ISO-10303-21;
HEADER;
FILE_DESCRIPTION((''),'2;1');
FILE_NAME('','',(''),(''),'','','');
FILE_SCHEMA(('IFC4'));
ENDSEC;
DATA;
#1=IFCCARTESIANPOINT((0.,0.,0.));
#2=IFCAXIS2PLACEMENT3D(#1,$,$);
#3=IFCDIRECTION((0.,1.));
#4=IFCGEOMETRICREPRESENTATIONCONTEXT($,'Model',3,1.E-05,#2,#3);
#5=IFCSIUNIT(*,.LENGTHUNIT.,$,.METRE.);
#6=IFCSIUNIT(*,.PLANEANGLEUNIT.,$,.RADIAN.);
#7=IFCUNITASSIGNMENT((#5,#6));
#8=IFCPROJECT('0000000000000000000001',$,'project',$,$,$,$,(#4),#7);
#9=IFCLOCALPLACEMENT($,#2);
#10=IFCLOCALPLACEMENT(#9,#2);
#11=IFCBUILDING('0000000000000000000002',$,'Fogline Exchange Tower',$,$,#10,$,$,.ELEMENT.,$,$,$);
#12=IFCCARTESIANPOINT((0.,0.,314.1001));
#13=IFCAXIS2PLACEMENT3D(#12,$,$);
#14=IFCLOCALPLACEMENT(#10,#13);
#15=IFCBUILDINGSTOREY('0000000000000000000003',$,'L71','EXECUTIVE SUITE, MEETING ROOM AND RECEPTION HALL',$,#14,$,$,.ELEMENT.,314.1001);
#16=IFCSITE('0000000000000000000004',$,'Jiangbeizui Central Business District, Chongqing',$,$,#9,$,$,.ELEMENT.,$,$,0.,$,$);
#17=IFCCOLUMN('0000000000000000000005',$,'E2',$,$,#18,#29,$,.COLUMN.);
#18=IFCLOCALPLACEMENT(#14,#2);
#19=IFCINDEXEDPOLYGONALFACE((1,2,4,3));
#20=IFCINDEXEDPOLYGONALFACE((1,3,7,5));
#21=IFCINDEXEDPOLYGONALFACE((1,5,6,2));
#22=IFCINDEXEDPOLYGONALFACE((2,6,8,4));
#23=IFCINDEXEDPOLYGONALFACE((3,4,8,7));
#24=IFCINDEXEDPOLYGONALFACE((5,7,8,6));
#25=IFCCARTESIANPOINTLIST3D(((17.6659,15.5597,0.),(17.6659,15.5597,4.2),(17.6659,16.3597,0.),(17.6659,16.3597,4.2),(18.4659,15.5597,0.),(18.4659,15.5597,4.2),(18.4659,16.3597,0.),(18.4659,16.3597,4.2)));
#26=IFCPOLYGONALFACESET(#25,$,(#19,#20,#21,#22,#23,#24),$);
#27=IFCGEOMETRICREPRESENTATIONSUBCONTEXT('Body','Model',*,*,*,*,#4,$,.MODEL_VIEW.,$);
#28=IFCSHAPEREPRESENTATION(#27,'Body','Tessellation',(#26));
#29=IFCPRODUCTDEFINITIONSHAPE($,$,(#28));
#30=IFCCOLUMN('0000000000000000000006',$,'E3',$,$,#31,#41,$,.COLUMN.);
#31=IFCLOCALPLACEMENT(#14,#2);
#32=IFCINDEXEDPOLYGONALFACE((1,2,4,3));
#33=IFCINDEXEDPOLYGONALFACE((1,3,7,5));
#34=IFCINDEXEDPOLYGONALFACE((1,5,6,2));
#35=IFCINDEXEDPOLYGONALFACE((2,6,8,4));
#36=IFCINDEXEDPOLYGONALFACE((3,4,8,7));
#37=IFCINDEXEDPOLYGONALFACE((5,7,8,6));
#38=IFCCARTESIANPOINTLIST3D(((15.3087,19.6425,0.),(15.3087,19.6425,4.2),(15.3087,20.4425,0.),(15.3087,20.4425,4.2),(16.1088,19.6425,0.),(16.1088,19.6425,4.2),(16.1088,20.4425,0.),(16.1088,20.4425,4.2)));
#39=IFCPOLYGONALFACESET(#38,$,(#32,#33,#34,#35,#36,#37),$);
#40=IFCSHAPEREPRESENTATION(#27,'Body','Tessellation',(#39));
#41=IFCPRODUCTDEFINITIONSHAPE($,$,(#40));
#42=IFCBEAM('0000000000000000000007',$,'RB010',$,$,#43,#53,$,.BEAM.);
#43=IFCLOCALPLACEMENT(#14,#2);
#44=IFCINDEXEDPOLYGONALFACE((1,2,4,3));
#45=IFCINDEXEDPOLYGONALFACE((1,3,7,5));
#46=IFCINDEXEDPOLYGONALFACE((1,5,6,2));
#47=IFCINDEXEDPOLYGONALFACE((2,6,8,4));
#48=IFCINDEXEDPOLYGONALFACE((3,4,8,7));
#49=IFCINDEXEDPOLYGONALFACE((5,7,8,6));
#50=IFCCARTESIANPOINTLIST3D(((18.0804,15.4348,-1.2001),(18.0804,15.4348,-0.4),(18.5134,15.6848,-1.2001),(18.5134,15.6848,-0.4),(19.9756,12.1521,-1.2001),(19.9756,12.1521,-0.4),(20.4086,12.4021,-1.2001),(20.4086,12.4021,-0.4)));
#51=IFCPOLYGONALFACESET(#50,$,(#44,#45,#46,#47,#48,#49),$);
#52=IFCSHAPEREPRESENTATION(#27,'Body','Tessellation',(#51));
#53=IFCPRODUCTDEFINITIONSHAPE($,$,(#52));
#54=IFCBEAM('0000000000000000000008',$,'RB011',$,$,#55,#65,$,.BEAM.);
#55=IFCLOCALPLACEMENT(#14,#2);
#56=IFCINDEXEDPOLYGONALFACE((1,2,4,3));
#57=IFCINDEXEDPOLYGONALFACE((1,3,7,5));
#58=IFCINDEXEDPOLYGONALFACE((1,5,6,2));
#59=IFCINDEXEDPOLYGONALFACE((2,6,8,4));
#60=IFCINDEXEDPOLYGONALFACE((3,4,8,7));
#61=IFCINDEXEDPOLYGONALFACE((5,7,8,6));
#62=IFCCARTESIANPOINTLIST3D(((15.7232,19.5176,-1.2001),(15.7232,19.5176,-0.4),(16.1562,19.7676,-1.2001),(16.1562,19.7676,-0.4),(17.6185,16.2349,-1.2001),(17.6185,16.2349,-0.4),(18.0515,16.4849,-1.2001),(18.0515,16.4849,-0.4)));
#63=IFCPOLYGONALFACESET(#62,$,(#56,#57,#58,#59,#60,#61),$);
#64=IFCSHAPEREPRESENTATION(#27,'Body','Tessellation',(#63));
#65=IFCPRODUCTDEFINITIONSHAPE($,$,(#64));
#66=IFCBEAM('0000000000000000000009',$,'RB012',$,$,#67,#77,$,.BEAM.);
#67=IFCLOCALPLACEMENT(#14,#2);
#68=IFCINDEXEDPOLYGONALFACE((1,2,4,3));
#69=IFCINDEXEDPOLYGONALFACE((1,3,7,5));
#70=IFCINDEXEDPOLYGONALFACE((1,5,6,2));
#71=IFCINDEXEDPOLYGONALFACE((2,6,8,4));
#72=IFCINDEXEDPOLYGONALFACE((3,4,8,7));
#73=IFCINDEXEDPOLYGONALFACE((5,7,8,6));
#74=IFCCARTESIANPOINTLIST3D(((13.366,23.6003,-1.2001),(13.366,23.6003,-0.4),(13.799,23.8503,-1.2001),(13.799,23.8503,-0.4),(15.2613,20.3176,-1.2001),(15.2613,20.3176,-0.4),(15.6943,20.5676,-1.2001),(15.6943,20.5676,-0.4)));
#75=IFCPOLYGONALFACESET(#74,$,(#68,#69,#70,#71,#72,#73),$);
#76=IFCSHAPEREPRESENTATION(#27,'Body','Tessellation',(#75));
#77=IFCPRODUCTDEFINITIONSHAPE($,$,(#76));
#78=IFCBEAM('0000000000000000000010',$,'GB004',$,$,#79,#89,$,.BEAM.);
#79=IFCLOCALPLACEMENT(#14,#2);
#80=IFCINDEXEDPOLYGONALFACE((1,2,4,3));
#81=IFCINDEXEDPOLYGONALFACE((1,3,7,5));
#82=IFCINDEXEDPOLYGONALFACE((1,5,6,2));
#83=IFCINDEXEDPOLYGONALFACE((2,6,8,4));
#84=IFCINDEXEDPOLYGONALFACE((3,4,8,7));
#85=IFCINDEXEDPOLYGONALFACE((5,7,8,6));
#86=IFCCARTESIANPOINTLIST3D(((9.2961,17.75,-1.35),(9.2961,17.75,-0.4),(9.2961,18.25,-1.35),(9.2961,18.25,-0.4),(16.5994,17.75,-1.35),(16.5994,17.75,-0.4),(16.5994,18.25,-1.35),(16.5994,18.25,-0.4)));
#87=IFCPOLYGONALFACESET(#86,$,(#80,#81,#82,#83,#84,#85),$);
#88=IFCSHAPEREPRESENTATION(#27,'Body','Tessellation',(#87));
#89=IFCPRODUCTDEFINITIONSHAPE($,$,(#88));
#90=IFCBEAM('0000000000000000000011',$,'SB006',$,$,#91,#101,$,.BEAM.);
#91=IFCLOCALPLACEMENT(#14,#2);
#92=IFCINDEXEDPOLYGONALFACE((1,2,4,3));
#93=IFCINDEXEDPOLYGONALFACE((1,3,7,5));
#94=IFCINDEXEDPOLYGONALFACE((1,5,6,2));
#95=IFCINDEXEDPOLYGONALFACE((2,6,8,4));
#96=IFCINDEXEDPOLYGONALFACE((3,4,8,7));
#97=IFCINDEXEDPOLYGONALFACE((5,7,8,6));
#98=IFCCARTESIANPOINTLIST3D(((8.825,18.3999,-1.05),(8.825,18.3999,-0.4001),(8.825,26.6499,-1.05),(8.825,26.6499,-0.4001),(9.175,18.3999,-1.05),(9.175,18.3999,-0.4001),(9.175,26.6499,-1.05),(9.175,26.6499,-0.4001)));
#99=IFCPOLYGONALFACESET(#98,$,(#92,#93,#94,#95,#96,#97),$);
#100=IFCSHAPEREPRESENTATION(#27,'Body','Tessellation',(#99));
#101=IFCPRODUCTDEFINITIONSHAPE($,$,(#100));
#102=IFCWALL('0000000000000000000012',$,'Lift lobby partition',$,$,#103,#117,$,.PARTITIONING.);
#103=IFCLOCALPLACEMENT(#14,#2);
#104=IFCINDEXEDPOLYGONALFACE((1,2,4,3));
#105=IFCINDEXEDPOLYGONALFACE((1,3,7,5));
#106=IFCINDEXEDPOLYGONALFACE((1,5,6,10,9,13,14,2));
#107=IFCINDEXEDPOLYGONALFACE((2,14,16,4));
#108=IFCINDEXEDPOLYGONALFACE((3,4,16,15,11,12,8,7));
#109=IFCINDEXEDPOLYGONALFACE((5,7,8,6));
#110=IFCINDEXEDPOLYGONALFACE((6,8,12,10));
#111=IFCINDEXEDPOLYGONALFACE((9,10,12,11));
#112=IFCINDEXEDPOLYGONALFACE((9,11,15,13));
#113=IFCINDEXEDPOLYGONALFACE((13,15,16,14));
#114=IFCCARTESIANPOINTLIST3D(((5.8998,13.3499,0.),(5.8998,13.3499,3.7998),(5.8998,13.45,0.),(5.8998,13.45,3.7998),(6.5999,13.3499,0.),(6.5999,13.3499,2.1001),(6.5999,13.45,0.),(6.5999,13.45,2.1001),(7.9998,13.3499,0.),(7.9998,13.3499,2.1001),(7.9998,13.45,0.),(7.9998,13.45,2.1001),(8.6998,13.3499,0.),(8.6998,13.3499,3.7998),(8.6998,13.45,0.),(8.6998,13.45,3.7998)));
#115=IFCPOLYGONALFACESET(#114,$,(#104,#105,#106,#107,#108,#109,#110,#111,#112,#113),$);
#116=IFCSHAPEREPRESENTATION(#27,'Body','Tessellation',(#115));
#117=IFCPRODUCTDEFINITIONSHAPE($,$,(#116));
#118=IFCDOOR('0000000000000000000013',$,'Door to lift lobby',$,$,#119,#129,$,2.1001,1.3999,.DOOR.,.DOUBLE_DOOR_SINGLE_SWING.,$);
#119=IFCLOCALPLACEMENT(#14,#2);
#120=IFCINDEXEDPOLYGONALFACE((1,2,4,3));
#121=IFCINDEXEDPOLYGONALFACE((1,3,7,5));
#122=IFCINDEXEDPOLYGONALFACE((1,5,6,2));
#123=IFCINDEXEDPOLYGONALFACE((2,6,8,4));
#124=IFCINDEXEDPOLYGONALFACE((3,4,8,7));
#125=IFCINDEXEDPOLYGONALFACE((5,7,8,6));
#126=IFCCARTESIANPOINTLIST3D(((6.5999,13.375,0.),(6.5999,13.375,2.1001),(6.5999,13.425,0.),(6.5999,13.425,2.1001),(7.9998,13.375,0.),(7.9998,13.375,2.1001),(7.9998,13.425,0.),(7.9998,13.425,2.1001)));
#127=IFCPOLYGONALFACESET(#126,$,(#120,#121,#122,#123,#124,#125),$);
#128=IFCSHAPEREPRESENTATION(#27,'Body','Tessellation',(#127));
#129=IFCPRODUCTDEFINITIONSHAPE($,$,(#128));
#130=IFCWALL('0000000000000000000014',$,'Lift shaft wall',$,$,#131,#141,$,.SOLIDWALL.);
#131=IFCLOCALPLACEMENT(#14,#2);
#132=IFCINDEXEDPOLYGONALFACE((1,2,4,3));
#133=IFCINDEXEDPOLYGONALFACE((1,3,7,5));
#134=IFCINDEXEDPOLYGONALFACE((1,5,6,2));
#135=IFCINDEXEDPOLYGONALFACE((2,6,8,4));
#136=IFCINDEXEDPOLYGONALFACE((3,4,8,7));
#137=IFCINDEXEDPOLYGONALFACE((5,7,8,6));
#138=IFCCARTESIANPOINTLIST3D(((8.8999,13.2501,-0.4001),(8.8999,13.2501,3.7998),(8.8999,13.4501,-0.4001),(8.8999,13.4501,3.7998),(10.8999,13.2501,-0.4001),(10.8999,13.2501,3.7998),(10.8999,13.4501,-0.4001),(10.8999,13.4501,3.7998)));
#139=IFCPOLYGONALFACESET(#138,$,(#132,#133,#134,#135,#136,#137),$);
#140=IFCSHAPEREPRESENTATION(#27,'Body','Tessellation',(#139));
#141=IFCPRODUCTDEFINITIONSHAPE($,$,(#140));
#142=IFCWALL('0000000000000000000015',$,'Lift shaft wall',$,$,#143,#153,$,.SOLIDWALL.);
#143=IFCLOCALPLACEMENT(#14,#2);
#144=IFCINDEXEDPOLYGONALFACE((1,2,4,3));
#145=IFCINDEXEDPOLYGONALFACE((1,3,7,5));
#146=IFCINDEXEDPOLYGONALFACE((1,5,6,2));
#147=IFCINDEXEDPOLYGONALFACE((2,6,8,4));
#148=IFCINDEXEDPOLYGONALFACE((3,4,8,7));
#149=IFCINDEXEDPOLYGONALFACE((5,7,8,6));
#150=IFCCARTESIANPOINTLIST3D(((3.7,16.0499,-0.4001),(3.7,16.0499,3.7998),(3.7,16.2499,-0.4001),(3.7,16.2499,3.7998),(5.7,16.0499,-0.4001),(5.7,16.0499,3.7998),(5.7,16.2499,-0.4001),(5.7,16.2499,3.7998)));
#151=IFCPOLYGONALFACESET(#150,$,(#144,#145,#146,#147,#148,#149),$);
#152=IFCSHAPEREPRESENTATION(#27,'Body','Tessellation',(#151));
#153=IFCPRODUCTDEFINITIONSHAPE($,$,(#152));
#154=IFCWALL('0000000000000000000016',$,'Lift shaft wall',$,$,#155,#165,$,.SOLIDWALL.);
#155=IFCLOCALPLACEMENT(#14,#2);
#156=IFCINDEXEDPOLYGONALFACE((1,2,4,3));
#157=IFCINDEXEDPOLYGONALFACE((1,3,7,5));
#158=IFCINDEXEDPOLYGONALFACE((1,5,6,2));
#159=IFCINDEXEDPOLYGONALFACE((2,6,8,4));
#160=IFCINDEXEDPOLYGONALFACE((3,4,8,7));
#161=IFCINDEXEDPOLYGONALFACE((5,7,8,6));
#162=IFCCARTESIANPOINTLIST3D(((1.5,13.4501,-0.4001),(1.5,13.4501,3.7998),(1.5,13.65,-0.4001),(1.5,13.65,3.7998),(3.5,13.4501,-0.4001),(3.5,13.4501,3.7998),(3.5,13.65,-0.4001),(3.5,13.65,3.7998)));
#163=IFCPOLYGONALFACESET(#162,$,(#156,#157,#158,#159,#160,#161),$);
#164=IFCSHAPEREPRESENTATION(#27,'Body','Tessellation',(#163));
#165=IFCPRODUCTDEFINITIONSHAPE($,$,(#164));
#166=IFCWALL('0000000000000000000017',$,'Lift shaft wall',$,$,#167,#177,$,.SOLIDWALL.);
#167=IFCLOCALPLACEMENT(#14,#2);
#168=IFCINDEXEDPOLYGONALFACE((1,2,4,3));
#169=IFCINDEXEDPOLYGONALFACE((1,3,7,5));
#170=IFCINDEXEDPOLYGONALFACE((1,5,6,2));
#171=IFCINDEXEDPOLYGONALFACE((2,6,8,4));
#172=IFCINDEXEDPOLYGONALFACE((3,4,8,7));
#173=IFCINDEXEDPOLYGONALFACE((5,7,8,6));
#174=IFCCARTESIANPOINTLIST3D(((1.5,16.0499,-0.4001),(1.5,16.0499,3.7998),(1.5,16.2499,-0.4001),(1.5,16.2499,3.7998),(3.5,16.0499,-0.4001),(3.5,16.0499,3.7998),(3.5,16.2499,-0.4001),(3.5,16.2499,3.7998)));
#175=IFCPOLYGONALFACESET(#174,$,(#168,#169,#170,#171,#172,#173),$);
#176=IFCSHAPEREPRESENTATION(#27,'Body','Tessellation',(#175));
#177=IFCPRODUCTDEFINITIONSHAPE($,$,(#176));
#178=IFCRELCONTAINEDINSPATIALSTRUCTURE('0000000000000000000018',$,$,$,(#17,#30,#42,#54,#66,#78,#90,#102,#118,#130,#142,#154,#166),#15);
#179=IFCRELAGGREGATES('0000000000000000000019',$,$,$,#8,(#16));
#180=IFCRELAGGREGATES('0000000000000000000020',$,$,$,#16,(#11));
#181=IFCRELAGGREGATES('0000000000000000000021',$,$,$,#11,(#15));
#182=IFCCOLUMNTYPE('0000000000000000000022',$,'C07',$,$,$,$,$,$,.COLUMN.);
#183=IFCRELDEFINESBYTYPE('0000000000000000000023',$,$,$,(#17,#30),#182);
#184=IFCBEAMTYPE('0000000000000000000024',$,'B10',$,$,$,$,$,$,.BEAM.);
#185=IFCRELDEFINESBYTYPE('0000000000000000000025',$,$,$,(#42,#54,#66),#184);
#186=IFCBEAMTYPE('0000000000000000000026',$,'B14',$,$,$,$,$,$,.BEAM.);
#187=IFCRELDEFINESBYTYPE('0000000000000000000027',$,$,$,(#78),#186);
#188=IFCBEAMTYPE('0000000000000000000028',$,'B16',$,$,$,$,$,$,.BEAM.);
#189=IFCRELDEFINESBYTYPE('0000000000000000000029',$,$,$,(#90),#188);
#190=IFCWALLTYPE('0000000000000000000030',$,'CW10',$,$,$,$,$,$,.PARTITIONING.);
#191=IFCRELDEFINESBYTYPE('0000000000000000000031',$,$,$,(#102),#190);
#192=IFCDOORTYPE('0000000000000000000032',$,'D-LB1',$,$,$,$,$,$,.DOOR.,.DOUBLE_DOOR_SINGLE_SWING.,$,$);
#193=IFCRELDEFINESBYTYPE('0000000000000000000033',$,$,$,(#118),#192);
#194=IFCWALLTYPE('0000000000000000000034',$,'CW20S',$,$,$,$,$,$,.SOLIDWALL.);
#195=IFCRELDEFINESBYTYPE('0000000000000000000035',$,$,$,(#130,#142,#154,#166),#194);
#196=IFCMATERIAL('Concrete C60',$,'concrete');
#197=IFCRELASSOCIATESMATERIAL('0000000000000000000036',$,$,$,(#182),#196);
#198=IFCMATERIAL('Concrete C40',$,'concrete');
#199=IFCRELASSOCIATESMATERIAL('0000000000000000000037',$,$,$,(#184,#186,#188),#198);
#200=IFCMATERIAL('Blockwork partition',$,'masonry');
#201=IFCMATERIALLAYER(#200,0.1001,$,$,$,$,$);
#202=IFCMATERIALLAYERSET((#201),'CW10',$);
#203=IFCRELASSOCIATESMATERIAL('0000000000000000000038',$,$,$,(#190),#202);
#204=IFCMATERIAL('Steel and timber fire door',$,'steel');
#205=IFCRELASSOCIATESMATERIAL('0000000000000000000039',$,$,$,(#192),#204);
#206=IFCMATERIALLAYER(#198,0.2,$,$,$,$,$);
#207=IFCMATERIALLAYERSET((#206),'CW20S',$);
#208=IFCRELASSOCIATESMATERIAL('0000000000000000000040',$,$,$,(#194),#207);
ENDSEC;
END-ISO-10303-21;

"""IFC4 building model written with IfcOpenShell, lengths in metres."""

from ifc_helpers import new_model, si_unit, direction, frame, frame_2d, origin, origin_2d, place, context, subcontext, project, spatial, rectangle, extrude, material, layer, layer_set, material_profile, profile_set, type_object, element, fill, save


model = new_model("IFC4")

# Units and contexts
model_context = context("Model", 3, precision=1e-05, world=origin(), true_north=direction((0.0, 1.0)))
body_context = subcontext(model_context, "Body", "Model", "MODEL_VIEW")
ifc_project = project(units=[si_unit("LENGTHUNIT", "METRE"), si_unit("PLANEANGLEUNIT", "RADIAN")], contexts=[model_context])

# Site, building, storey
site_placement = place(None, origin())
site = spatial("IfcSite", under=ifc_project, at=site_placement, Name="Jiangbeizui Central Business District, Chongqing", CompositionType="ELEMENT", RefElevation=0.0)
building_placement = place(site_placement, origin())
building = spatial("IfcBuilding", under=site, at=building_placement, Name="Fogline Exchange Tower", CompositionType="ELEMENT")
storey_placement = place(building_placement, frame((0.0, 0.0, 314.1001)))
storey = spatial("IfcBuildingStorey", under=building, at=storey_placement, Name="L71", Description="EXECUTIVE SUITE, MEETING ROOM AND RECEPTION HALL", CompositionType="ELEMENT", Elevation=314.1001)

# Columns
ifc_material_1 = material(Name="Concrete C60", Category="concrete")
ifc_material_profile_1 = material_profile(ifc_material_1, rectangle(XDim=0.8, YDim=0.8, at=origin_2d()), Name="RC 800x800")
ifc_profile_set_1 = profile_set([ifc_material_profile_1], Name="Concrete C60")
column_type = type_object("IfcColumnType", Name="C07", PredefinedType="COLUMN", material=ifc_profile_set_1)
for number, where, z_axis, x_axis, name in (
    (1, (18.0659, 15.9597, 0.0), (0.0, 0.0, 1.0), (1.0, 0.0, 0.0), "E2"),
    (2, (15.7087, 20.0425, 0.0), (0.0, 0.0, 1.0), (1.0, 0.0, 0.0), "E3"),
):
    element("IfcColumn", number, at=place(storey_placement, frame(where, z_axis=z_axis, x_axis=x_axis)), inside=storey, type_object=column_type, Name=name, PredefinedType="COLUMN", context=body_context, shape_type="SweptSolid", body=[
        extrude(rectangle(XDim=0.8, YDim=0.8, at=origin_2d()), origin(), (0.0, 0.0, 1.0), 4.2),
    ])

# Beams
ifc_material_2 = material(Name="Concrete C40", Category="concrete")
ifc_material_profile_2 = material_profile(ifc_material_2, rectangle(XDim=0.5, YDim=0.8, at=origin_2d()), Name="RC 500x800")
ifc_profile_set_2 = profile_set([ifc_material_profile_2], Name="Concrete C40")
beam_type_1 = type_object("IfcBeamType", Name="B10", PredefinedType="BEAM", material=ifc_profile_set_2)
for number, where, z_axis, x_axis, name in (
    (3, (20.1921, 12.2771, -0.8), (-0.499998, 0.866027, 0.0), (-0.866027, -0.499998, 0.0), "RB010"),
    (4, (17.835, 16.3599, -0.8), (-0.499998, 0.866027, 0.0), (-0.866027, -0.499998, 0.0), "RB011"),
    (5, (15.4778, 20.4426, -0.8), (-0.499998, 0.866027, 0.0), (-0.866027, -0.499998, 0.0), "RB012"),
):
    element("IfcBeam", number, at=place(storey_placement, frame(where, z_axis=z_axis, x_axis=x_axis)), inside=storey, type_object=beam_type_1, Name=name, PredefinedType="BEAM", context=body_context, shape_type="SweptSolid", body=[
        extrude(rectangle(XDim=0.5, YDim=0.8, at=origin_2d()), origin(), (0.0, 0.0, 1.0), 3.7905),
    ])
ifc_material_profile_3 = material_profile(ifc_material_2, rectangle(XDim=0.5, YDim=0.95, at=origin_2d()), Name="RC 500x950")
ifc_profile_set_3 = profile_set([ifc_material_profile_3], Name="Concrete C40")
beam_type_2 = type_object("IfcBeamType", Name="B14", PredefinedType="BEAM", material=ifc_profile_set_3)
beam_1_placement = place(storey_placement, frame((9.2961, 18.0, -0.875), z_axis=(1.0, 0.0, 0.0), x_axis=(0.0, 1.0, 0.0)))
element("IfcBeam", 6, at=beam_1_placement, inside=storey, type_object=beam_type_2, Name="GB004", PredefinedType="BEAM", context=body_context, shape_type="SweptSolid", body=[
    extrude(rectangle(XDim=0.5, YDim=0.95, at=origin_2d()), origin(), (0.0, 0.0, 1.0), 7.3032),
])
ifc_material_profile_4 = material_profile(ifc_material_2, rectangle(XDim=0.3501, YDim=0.6499, at=origin_2d()), Name="RC 350x650")
ifc_profile_set_4 = profile_set([ifc_material_profile_4], Name="Concrete C40")
beam_type_3 = type_object("IfcBeamType", Name="B16", PredefinedType="BEAM", material=ifc_profile_set_4)
beam_2_placement = place(storey_placement, frame((9.0, 18.3999, -0.7251), z_axis=(0.0, 1.0, 0.0), x_axis=(-1.0, 0.0, 0.0)))
element("IfcBeam", 7, at=beam_2_placement, inside=storey, type_object=beam_type_3, Name="SB006", PredefinedType="BEAM", context=body_context, shape_type="SweptSolid", body=[
    extrude(rectangle(XDim=0.3501, YDim=0.6499, at=origin_2d()), origin(), (0.0, 0.0, 1.0), 8.25),
])

# Wall, opening, door
ifc_material_3 = material(Name="Blockwork partition", Category="masonry")
ifc_layer_1 = layer(ifc_material_3, 0.1001)
ifc_layer_set_1 = layer_set([ifc_layer_1], Name="CW10")
wall_type_1 = type_object("IfcWallType", Name="CW10", PredefinedType="PARTITIONING", material=ifc_layer_set_1)
wall_1_placement = place(storey_placement, frame((5.8999, 13.3999, 0.0), z_axis=(0.0, 0.0, 1.0), x_axis=(1.0, 0.0, 0.0)))
wall_1 = element("IfcWall", 8, at=wall_1_placement, inside=storey, type_object=wall_type_1, Name="Lift lobby partition", PredefinedType="PARTITIONING", context=body_context, shape_type="SweptSolid", body=[
    extrude(rectangle(XDim=2.8, YDim=0.1001, at=frame_2d((1.3999, 0.0))), origin(), (0.0, 0.0, 1.0), 3.7998),
])
opening_1_placement = place(wall_1_placement, frame((0.7, 0.0, 0.0)))
opening_1 = element("IfcOpeningElement", 9, at=opening_1_placement, cuts=wall_1, PredefinedType="OPENING", context=body_context, shape_type="SweptSolid", body=[
    extrude(rectangle(XDim=1.3999, YDim=2.1001, at=frame_2d((0.7, 1.05))), frame((0.0, 0.0601, 0.0), z_axis=(0.0, -1.0, 0.0), x_axis=(1.0, 0.0, 0.0)), (0.0, 0.0, 1.0), 0.1201),
])
ifc_material_4 = material(Name="Steel and timber fire door", Category="steel")
door_type_1 = type_object("IfcDoorType", Name="D-LB1", OperationType="DOUBLE_DOOR_SINGLE_SWING", PredefinedType="DOOR", material=ifc_material_4)
door_1_placement = place(opening_1_placement, frame((1.3999, 0.0, 0.0), z_axis=(0.0, 0.0, 1.0), x_axis=(-1.0, 0.0, 0.0)))
door_1 = element("IfcDoor", 10, at=door_1_placement, inside=storey, type_object=door_type_1, Name="Door to lift lobby", OperationType="DOUBLE_DOOR_SINGLE_SWING", OverallHeight=2.1001, OverallWidth=1.3999, PredefinedType="DOOR", context=body_context, shape_type="SweptSolid", body=[
    extrude(rectangle(XDim=1.3999, YDim=2.1001, at=frame_2d((0.7, 1.05))), frame((0.0, 0.0249, 0.0), z_axis=(0.0, -1.0, 0.0), x_axis=(1.0, 0.0, 0.0)), (0.0, 0.0, 1.0), 0.05),
])
fill(opening_1, door_1)

# Walls
ifc_layer_2 = layer(ifc_material_2, 0.2)
ifc_layer_set_2 = layer_set([ifc_layer_2], Name="CW20S")
wall_type_2 = type_object("IfcWallType", Name="CW20S", PredefinedType="SOLIDWALL", material=ifc_layer_set_2)
for number, where, z_axis, x_axis, name in (
    (11, (8.8999, 13.3501, -0.4001), (0.0, 0.0, 1.0), (1.0, 0.0, 0.0), "Lift shaft wall"),
    (12, (3.7, 16.1499, -0.4001), (0.0, 0.0, 1.0), (1.0, 0.0, 0.0), "Lift shaft wall"),
    (13, (1.5, 13.55, -0.4001), (0.0, 0.0, 1.0), (1.0, 0.0, 0.0), "Lift shaft wall"),
    (14, (1.5, 16.1499, -0.4001), (0.0, 0.0, 1.0), (1.0, 0.0, 0.0), "Lift shaft wall"),
):
    element("IfcWall", number, at=place(storey_placement, frame(where, z_axis=z_axis, x_axis=x_axis)), inside=storey, type_object=wall_type_2, Name=name, PredefinedType="SOLIDWALL", context=body_context, shape_type="SweptSolid", body=[
        extrude(rectangle(XDim=2.0, YDim=0.2, at=frame_2d((1.0, 0.0))), origin(), (0.0, 0.0, 1.0), 4.2),
    ])

save(model, "model.ifc")
